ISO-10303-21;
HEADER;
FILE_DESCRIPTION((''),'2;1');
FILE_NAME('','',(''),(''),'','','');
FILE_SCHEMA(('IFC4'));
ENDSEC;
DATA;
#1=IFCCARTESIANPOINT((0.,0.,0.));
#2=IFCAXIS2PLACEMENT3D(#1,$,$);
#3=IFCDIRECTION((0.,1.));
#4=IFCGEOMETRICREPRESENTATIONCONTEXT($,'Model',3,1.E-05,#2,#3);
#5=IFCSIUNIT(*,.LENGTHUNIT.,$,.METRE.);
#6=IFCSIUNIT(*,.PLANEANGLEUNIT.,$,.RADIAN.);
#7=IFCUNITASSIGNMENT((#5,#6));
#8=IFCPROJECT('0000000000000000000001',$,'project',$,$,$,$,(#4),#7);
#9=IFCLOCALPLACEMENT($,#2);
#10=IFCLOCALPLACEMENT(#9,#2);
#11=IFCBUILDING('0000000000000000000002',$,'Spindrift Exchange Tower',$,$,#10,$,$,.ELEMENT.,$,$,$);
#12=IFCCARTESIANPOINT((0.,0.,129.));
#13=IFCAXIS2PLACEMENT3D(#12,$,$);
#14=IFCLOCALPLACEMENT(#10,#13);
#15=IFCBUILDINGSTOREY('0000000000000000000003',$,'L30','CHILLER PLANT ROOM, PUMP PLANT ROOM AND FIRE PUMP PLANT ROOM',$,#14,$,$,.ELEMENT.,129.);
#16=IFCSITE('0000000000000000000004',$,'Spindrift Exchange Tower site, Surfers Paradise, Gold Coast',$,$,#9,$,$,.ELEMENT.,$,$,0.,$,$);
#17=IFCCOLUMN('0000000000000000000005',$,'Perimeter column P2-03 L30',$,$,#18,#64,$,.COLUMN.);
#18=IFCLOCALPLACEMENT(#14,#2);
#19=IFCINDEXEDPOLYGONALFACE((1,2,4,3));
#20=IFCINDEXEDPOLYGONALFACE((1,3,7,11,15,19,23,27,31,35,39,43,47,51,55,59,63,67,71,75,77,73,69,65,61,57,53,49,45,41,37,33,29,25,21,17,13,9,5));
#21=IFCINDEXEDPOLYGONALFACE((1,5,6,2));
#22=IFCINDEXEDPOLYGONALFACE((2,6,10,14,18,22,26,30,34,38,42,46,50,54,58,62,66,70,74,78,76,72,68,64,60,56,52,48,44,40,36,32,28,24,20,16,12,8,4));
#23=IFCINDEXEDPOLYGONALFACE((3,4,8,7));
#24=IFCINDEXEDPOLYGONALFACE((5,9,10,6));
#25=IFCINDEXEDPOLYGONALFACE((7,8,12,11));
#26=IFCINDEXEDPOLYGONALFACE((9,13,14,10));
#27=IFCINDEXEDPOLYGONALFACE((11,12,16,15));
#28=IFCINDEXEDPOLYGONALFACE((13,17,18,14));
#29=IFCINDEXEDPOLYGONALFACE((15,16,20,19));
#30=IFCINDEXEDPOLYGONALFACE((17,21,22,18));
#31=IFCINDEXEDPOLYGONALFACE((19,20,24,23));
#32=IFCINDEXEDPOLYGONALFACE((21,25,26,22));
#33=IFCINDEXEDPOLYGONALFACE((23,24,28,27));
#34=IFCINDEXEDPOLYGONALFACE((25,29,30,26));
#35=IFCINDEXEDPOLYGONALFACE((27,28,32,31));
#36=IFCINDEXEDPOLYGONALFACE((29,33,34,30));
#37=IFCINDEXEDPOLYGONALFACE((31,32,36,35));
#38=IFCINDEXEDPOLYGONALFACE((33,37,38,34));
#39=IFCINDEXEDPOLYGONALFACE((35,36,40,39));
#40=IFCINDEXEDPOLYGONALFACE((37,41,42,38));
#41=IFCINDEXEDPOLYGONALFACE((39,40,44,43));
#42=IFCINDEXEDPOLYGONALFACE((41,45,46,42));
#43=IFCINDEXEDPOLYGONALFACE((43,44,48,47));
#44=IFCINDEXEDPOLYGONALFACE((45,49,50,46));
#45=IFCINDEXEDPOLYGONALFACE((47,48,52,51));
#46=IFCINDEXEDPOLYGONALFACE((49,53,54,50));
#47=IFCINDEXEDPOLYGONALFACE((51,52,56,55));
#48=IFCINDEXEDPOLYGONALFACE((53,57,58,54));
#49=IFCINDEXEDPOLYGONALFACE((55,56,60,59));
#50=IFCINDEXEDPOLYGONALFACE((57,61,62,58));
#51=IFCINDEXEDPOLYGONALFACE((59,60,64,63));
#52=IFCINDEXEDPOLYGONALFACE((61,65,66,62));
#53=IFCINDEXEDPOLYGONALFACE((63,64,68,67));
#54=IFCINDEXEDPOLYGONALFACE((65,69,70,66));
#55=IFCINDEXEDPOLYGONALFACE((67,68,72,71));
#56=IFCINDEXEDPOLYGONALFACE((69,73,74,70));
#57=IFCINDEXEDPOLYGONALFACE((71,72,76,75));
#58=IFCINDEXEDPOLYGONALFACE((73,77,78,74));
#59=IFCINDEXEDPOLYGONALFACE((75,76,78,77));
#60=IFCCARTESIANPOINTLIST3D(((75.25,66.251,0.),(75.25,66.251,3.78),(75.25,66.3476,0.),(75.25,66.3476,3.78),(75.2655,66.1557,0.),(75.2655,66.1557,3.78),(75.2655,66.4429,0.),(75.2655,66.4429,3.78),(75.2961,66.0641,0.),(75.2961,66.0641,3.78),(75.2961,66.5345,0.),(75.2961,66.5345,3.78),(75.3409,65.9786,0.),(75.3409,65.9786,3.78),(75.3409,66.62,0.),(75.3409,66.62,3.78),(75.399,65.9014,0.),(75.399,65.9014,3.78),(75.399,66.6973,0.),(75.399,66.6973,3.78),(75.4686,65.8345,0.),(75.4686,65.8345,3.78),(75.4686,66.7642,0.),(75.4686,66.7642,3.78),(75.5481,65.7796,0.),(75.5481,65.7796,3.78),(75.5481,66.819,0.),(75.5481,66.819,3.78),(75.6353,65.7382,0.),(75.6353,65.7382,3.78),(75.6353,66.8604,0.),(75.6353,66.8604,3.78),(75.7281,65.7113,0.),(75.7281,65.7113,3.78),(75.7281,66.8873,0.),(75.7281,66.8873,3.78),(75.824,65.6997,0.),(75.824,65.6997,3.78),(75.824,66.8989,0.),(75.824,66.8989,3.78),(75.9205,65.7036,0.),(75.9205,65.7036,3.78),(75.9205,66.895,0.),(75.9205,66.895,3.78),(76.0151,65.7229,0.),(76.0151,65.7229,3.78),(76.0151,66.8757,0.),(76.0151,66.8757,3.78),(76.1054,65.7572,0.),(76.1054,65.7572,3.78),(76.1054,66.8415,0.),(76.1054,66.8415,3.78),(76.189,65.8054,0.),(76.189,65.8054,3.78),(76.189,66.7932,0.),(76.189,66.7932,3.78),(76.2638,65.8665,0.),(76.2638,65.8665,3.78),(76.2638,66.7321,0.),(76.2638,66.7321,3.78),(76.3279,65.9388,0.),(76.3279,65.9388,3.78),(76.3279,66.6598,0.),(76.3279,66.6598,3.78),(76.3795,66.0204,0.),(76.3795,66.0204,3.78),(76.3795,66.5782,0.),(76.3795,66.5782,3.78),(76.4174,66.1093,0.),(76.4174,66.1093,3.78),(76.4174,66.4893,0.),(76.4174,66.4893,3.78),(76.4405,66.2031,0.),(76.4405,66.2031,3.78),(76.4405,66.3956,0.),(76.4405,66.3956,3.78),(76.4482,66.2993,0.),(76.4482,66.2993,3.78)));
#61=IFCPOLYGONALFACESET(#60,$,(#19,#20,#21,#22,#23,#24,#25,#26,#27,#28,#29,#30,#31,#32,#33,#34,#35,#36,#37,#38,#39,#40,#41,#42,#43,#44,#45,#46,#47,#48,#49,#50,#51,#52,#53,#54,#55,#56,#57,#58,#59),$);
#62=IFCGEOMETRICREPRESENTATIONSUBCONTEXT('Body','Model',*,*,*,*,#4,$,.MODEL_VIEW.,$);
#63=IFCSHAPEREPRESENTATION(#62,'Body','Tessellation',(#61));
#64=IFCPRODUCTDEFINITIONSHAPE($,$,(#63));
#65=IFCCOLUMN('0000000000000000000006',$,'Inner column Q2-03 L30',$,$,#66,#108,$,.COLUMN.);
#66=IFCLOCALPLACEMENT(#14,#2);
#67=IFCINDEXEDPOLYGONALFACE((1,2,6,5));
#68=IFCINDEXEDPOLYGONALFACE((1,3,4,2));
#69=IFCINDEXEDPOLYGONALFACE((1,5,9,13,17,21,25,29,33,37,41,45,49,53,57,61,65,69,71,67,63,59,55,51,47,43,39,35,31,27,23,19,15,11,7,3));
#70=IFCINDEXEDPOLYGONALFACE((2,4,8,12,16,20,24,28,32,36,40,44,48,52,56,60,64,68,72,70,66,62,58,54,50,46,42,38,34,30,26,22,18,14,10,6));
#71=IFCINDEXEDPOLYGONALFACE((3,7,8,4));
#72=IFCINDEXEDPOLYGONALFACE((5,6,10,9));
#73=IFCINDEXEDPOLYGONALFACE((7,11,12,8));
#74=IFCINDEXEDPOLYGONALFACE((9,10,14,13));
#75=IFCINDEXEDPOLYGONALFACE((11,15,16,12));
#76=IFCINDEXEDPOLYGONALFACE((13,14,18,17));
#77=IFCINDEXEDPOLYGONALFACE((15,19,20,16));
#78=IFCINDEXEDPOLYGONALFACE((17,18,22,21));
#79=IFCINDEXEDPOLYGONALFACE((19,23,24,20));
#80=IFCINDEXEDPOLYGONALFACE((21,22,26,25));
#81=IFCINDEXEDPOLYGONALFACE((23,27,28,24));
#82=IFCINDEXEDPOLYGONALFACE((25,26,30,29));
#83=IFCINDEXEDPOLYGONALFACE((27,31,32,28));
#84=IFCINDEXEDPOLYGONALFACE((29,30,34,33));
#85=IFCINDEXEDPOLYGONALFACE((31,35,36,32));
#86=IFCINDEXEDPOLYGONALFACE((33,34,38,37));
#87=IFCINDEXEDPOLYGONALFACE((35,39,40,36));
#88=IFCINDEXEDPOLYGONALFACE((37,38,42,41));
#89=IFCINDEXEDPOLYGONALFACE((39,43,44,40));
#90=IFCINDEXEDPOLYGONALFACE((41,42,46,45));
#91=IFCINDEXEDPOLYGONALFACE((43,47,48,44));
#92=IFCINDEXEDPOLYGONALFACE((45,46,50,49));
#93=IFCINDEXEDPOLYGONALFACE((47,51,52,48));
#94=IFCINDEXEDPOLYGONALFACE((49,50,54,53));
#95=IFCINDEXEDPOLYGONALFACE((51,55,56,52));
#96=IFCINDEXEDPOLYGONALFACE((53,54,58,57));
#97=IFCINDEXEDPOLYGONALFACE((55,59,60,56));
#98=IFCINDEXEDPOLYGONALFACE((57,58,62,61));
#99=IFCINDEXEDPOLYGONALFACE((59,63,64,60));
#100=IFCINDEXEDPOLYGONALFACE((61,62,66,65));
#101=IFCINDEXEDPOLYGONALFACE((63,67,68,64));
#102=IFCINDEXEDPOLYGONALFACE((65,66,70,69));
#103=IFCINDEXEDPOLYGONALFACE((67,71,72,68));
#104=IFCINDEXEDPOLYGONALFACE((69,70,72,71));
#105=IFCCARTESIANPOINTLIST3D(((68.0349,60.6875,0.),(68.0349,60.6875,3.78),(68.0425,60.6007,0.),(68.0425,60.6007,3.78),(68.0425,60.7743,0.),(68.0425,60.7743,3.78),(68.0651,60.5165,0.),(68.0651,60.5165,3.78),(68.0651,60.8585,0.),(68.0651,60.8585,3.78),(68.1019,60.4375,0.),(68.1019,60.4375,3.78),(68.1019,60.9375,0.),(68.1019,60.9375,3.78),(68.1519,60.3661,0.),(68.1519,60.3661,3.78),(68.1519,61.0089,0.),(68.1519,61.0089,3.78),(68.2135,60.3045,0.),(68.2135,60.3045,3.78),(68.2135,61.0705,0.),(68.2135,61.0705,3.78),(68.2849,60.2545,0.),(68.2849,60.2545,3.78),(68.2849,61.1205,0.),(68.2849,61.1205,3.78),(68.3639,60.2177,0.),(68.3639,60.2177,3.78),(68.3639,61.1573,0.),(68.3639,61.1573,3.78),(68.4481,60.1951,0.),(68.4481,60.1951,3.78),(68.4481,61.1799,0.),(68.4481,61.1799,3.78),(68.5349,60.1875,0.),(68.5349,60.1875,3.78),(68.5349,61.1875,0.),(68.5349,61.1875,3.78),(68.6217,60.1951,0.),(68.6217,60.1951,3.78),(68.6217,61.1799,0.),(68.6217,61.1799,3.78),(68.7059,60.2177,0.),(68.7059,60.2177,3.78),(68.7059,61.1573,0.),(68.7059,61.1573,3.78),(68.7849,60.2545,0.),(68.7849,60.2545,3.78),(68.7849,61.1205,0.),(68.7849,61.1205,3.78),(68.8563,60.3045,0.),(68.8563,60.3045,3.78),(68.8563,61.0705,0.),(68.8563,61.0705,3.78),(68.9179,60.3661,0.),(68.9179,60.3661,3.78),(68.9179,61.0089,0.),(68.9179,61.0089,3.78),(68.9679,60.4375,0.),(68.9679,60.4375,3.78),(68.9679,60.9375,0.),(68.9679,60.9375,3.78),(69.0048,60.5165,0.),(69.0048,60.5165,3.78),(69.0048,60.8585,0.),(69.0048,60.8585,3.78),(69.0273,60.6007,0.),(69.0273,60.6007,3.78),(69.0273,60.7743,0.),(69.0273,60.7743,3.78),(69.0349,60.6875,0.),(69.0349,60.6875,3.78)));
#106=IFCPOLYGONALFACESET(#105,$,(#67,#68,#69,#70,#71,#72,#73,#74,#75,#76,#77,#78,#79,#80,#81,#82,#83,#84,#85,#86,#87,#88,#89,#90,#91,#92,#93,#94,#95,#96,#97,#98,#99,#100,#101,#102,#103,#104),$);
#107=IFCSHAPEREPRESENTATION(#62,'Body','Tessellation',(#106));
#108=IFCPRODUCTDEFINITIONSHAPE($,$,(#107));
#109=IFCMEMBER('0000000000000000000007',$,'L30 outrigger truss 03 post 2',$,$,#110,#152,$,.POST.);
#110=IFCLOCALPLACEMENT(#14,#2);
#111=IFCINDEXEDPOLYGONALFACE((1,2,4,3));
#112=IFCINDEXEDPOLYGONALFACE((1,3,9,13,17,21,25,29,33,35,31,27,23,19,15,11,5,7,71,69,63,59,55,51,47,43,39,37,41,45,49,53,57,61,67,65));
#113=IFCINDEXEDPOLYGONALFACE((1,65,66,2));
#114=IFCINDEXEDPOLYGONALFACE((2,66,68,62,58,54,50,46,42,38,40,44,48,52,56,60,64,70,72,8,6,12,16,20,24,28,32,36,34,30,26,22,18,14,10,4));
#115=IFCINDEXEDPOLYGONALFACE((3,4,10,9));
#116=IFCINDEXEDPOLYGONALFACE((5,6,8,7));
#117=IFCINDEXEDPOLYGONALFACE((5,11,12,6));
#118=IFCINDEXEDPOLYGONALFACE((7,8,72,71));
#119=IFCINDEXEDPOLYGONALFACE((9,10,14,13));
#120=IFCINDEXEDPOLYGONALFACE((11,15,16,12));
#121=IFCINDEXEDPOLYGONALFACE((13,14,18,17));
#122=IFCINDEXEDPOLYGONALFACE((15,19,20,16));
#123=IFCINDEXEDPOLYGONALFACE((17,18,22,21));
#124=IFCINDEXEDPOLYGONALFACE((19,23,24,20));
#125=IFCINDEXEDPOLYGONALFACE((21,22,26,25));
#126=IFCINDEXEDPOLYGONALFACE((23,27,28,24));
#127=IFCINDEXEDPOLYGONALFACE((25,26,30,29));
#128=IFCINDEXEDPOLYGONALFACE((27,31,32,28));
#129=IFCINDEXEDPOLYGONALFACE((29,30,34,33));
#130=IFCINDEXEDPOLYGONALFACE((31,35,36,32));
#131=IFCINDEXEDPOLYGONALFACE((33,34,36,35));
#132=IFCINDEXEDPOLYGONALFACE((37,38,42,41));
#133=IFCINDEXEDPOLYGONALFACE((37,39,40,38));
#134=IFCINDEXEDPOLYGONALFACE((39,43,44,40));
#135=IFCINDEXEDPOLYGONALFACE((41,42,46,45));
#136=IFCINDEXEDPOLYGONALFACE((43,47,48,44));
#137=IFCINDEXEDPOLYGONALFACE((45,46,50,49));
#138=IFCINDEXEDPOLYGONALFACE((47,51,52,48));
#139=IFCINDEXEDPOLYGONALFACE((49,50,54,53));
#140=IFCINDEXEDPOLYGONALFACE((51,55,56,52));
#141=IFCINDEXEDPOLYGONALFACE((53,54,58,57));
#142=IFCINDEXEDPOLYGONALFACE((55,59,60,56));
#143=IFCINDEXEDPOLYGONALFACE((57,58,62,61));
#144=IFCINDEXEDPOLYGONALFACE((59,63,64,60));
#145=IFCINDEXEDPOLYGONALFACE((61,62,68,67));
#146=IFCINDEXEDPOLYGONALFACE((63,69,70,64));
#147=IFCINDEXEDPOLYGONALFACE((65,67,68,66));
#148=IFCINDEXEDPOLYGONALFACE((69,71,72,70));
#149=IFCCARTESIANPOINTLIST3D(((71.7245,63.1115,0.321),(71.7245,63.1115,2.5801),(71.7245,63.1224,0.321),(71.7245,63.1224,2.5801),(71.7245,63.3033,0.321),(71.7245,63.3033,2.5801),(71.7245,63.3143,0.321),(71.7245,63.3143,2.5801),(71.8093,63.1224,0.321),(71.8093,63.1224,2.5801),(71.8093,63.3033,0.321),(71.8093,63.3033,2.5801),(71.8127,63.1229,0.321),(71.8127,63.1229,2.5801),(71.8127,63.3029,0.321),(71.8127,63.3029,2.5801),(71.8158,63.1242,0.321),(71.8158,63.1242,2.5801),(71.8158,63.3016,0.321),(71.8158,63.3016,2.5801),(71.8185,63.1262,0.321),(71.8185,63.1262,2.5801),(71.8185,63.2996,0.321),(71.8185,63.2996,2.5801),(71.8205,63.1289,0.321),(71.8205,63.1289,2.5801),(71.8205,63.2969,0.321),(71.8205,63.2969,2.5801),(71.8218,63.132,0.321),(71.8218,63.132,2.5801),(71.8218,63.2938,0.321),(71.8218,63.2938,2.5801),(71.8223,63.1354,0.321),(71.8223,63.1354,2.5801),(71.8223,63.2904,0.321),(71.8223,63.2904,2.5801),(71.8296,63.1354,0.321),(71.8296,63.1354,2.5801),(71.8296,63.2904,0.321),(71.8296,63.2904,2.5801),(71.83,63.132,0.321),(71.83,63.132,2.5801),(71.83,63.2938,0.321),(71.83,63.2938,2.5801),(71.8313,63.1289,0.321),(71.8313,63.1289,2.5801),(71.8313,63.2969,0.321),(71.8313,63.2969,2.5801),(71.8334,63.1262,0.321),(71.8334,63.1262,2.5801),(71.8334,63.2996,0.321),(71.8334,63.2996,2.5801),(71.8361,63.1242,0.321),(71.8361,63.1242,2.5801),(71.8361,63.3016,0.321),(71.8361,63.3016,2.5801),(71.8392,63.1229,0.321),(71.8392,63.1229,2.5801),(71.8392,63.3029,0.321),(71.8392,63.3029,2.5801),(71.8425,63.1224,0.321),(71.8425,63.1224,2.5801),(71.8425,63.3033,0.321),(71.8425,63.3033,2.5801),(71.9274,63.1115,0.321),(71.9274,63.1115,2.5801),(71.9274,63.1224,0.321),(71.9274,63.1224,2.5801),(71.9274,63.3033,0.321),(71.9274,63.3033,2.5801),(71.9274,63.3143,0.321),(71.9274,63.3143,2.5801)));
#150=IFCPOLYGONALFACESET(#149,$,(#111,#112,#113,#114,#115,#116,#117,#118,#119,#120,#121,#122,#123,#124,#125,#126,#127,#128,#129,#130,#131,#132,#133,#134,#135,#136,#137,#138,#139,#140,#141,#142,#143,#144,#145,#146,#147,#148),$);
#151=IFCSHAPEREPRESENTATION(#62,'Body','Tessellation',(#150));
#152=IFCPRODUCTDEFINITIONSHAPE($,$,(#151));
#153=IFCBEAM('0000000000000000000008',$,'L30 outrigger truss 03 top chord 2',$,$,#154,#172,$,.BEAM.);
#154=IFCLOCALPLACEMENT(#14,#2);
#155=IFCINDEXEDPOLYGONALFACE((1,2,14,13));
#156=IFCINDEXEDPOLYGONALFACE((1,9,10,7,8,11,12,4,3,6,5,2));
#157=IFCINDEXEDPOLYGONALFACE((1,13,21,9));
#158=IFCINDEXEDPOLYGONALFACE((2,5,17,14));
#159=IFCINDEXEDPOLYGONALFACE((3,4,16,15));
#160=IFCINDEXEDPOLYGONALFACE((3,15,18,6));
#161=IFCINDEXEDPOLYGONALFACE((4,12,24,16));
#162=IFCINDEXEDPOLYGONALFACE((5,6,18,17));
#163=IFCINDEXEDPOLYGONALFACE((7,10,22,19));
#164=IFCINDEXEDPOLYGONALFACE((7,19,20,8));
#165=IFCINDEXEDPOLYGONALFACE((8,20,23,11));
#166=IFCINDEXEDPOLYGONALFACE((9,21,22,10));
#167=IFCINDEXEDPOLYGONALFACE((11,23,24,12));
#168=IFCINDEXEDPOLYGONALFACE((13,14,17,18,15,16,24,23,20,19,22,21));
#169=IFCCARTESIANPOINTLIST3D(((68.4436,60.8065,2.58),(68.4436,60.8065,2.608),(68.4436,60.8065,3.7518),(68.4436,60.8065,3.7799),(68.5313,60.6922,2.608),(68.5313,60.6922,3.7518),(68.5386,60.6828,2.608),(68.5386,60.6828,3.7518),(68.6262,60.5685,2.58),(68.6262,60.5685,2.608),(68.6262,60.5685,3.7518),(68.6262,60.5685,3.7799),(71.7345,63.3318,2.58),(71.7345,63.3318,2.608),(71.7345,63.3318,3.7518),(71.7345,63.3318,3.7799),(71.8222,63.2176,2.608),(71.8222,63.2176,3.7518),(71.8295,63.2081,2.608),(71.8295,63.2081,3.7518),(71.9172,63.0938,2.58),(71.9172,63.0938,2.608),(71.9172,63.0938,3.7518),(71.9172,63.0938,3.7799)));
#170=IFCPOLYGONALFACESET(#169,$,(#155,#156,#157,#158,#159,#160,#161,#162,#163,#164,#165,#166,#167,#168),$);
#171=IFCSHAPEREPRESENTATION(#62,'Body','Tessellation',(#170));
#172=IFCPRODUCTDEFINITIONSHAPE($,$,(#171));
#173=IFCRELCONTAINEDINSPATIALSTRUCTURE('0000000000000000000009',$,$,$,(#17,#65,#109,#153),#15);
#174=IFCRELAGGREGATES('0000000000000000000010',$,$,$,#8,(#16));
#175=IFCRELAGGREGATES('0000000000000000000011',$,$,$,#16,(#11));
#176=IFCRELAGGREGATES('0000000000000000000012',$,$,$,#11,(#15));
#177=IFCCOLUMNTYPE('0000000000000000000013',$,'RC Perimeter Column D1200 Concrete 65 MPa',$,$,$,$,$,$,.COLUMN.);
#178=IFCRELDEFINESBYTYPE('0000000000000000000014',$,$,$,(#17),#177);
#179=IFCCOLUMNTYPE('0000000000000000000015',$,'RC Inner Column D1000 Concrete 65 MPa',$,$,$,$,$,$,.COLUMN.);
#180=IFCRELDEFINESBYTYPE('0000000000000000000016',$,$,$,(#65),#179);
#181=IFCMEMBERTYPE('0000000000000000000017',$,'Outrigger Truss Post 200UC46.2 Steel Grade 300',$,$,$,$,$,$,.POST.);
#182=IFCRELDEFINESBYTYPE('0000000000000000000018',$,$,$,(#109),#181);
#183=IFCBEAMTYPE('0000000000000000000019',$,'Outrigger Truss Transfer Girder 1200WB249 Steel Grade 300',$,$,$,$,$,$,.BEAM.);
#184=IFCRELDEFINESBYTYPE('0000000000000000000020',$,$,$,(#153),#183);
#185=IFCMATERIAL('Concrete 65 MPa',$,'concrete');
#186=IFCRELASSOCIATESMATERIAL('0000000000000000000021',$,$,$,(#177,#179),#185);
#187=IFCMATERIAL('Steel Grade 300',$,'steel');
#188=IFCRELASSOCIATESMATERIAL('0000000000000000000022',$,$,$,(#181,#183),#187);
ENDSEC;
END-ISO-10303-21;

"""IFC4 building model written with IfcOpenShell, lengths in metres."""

from ifc_helpers import new_model, si_unit, direction, frame, origin, origin_2d, place, context, subcontext, project, spatial, circle, i_section, extrude, source, transform, mapped, material, material_profile, profile_set, type_object, element, save


model = new_model("IFC4")

# Units and contexts
model_context = context("Model", 3, precision=1e-05, world=origin(), true_north=direction((0.0, 1.0)))
body_context = subcontext(model_context, "Body", "Model", "MODEL_VIEW")
ifc_project = project(units=[si_unit("LENGTHUNIT", "METRE"), si_unit("PLANEANGLEUNIT", "RADIAN")], contexts=[model_context])

# Site, building, storey
site_placement = place(None, origin())
site = spatial("IfcSite", under=ifc_project, at=site_placement, Name="Spindrift Exchange Tower site, Surfers Paradise, Gold Coast", CompositionType="ELEMENT", RefElevation=0.0)
building_placement = place(site_placement, origin())
building = spatial("IfcBuilding", under=site, at=building_placement, Name="Spindrift Exchange Tower", CompositionType="ELEMENT")
storey_placement = place(building_placement, frame((0.0, 0.0, 129.0)))
storey = spatial("IfcBuildingStorey", under=building, at=storey_placement, Name="L30", Description="CHILLER PLANT ROOM, PUMP PLANT ROOM AND FIRE PUMP PLANT ROOM", CompositionType="ELEMENT", Elevation=129.0)

# Columns
ifc_material_1 = material(Name="Concrete 65 MPa", Category="concrete")
ifc_material_profile_1 = material_profile(ifc_material_1, circle(Radius=0.6001, at=origin_2d()), Name="RC D1200")
ifc_profile_set_1 = profile_set([ifc_material_profile_1], Name="Concrete 65 MPa")
column_type_1 = type_object("IfcColumnType", Name="RC Perimeter Column D1200 Concrete 65 MPa", PredefinedType="COLUMN", material=ifc_profile_set_1)
shared_shape_1 = source(origin(), body_context, "Body", "SweptSolid", [
    extrude(circle(Radius=0.6001, at=origin_2d()), origin(), (0.0, 0.0, 1.0), 3.78),
])
column_1_placement = place(storey_placement, frame((75.8481, 66.2993, 0.0), z_axis=(0.0, 0.0, 1.0), x_axis=(1.0, 0.0, 0.0)))
element("IfcColumn", 1, at=column_1_placement, inside=storey, type_object=column_type_1, Name="Perimeter column P2-03 L30", PredefinedType="COLUMN", context=body_context, shape_type="MappedRepresentation", body=[
    mapped(shared_shape_1, transform((0.0, 0.0, 0.0), scale=1.0)),
])
ifc_material_profile_2 = material_profile(ifc_material_1, circle(Radius=0.5, at=origin_2d()), Name="RC D1000")
ifc_profile_set_2 = profile_set([ifc_material_profile_2], Name="Concrete 65 MPa")
column_type_2 = type_object("IfcColumnType", Name="RC Inner Column D1000 Concrete 65 MPa", PredefinedType="COLUMN", material=ifc_profile_set_2)
shared_shape_2 = source(origin(), body_context, "Body", "SweptSolid", [
    extrude(circle(Radius=0.5, at=origin_2d()), origin(), (0.0, 0.0, 1.0), 3.78),
])
column_2_placement = place(storey_placement, frame((68.5349, 60.6875, 0.0), z_axis=(0.0, 0.0, 1.0), x_axis=(1.0, 0.0, 0.0)))
element("IfcColumn", 2, at=column_2_placement, inside=storey, type_object=column_type_2, Name="Inner column Q2-03 L30", PredefinedType="COLUMN", context=body_context, shape_type="MappedRepresentation", body=[
    mapped(shared_shape_2, transform((0.0, 0.0, 0.0), scale=1.0)),
])

# Member
ifc_material_2 = material(Name="Steel Grade 300", Category="steel")
ifc_material_profile_3 = material_profile(ifc_material_2, i_section(OverallWidth=0.2029, OverallDepth=0.2029, WebThickness=0.0073, FlangeThickness=0.011, FilletRadius=0.0129, at=origin_2d()), Name="200UC46.2")
ifc_profile_set_3 = profile_set([ifc_material_profile_3], Name="Steel Grade 300")
member_type_1 = type_object("IfcMemberType", Name="Outrigger Truss Post 200UC46.2 Steel Grade 300", PredefinedType="POST", material=ifc_profile_set_3)
shared_shape_3 = source(origin(), body_context, "Body", "SweptSolid", [
    extrude(i_section(OverallWidth=0.2029, OverallDepth=0.2029, WebThickness=0.0073, FlangeThickness=0.011, FilletRadius=0.0129, at=origin_2d()), origin(), (0.0, 0.0, 1.0), 2.259),
])
member_1_placement = place(storey_placement, frame((71.8259, 63.2129, 0.321), z_axis=(0.0, 0.0, 1.0), x_axis=(1.0, 0.0, 0.0)))
element("IfcMember", 3, at=member_1_placement, inside=storey, type_object=member_type_1, Name="L30 outrigger truss 03 post 2", PredefinedType="POST", context=body_context, shape_type="MappedRepresentation", body=[
    mapped(shared_shape_3, transform((0.0, 0.0, 0.0), scale=1.0)),
])

# Beam
ifc_material_profile_4 = material_profile(ifc_material_2, i_section(OverallWidth=0.3, OverallDepth=1.2, WebThickness=0.012, FlangeThickness=0.0281, at=origin_2d()), Name="1200WB249")
ifc_profile_set_4 = profile_set([ifc_material_profile_4], Name="Steel Grade 300")
beam_type = type_object("IfcBeamType", Name="Outrigger Truss Transfer Girder 1200WB249 Steel Grade 300", PredefinedType="BEAM", material=ifc_profile_set_4)
shared_shape_4 = source(origin(), body_context, "Body", "SweptSolid", [
    extrude(i_section(OverallWidth=0.3, OverallDepth=1.2, WebThickness=0.012, FlangeThickness=0.0281, at=origin_2d()), origin(), (0.0, 0.0, 1.0), 4.1482),
])
beam_1_placement = place(storey_placement, frame((68.5349, 60.6875, 3.1799), z_axis=(0.793341, 0.608777, 0.0), x_axis=(-0.608777, 0.793341, 0.0)))
element("IfcBeam", 4, at=beam_1_placement, inside=storey, type_object=beam_type, Name="L30 outrigger truss 03 top chord 2", PredefinedType="BEAM", context=body_context, shape_type="MappedRepresentation", body=[
    mapped(shared_shape_4, transform((0.0, 0.0, 0.0), scale=1.0)),
])

save(model, "model.ifc")
